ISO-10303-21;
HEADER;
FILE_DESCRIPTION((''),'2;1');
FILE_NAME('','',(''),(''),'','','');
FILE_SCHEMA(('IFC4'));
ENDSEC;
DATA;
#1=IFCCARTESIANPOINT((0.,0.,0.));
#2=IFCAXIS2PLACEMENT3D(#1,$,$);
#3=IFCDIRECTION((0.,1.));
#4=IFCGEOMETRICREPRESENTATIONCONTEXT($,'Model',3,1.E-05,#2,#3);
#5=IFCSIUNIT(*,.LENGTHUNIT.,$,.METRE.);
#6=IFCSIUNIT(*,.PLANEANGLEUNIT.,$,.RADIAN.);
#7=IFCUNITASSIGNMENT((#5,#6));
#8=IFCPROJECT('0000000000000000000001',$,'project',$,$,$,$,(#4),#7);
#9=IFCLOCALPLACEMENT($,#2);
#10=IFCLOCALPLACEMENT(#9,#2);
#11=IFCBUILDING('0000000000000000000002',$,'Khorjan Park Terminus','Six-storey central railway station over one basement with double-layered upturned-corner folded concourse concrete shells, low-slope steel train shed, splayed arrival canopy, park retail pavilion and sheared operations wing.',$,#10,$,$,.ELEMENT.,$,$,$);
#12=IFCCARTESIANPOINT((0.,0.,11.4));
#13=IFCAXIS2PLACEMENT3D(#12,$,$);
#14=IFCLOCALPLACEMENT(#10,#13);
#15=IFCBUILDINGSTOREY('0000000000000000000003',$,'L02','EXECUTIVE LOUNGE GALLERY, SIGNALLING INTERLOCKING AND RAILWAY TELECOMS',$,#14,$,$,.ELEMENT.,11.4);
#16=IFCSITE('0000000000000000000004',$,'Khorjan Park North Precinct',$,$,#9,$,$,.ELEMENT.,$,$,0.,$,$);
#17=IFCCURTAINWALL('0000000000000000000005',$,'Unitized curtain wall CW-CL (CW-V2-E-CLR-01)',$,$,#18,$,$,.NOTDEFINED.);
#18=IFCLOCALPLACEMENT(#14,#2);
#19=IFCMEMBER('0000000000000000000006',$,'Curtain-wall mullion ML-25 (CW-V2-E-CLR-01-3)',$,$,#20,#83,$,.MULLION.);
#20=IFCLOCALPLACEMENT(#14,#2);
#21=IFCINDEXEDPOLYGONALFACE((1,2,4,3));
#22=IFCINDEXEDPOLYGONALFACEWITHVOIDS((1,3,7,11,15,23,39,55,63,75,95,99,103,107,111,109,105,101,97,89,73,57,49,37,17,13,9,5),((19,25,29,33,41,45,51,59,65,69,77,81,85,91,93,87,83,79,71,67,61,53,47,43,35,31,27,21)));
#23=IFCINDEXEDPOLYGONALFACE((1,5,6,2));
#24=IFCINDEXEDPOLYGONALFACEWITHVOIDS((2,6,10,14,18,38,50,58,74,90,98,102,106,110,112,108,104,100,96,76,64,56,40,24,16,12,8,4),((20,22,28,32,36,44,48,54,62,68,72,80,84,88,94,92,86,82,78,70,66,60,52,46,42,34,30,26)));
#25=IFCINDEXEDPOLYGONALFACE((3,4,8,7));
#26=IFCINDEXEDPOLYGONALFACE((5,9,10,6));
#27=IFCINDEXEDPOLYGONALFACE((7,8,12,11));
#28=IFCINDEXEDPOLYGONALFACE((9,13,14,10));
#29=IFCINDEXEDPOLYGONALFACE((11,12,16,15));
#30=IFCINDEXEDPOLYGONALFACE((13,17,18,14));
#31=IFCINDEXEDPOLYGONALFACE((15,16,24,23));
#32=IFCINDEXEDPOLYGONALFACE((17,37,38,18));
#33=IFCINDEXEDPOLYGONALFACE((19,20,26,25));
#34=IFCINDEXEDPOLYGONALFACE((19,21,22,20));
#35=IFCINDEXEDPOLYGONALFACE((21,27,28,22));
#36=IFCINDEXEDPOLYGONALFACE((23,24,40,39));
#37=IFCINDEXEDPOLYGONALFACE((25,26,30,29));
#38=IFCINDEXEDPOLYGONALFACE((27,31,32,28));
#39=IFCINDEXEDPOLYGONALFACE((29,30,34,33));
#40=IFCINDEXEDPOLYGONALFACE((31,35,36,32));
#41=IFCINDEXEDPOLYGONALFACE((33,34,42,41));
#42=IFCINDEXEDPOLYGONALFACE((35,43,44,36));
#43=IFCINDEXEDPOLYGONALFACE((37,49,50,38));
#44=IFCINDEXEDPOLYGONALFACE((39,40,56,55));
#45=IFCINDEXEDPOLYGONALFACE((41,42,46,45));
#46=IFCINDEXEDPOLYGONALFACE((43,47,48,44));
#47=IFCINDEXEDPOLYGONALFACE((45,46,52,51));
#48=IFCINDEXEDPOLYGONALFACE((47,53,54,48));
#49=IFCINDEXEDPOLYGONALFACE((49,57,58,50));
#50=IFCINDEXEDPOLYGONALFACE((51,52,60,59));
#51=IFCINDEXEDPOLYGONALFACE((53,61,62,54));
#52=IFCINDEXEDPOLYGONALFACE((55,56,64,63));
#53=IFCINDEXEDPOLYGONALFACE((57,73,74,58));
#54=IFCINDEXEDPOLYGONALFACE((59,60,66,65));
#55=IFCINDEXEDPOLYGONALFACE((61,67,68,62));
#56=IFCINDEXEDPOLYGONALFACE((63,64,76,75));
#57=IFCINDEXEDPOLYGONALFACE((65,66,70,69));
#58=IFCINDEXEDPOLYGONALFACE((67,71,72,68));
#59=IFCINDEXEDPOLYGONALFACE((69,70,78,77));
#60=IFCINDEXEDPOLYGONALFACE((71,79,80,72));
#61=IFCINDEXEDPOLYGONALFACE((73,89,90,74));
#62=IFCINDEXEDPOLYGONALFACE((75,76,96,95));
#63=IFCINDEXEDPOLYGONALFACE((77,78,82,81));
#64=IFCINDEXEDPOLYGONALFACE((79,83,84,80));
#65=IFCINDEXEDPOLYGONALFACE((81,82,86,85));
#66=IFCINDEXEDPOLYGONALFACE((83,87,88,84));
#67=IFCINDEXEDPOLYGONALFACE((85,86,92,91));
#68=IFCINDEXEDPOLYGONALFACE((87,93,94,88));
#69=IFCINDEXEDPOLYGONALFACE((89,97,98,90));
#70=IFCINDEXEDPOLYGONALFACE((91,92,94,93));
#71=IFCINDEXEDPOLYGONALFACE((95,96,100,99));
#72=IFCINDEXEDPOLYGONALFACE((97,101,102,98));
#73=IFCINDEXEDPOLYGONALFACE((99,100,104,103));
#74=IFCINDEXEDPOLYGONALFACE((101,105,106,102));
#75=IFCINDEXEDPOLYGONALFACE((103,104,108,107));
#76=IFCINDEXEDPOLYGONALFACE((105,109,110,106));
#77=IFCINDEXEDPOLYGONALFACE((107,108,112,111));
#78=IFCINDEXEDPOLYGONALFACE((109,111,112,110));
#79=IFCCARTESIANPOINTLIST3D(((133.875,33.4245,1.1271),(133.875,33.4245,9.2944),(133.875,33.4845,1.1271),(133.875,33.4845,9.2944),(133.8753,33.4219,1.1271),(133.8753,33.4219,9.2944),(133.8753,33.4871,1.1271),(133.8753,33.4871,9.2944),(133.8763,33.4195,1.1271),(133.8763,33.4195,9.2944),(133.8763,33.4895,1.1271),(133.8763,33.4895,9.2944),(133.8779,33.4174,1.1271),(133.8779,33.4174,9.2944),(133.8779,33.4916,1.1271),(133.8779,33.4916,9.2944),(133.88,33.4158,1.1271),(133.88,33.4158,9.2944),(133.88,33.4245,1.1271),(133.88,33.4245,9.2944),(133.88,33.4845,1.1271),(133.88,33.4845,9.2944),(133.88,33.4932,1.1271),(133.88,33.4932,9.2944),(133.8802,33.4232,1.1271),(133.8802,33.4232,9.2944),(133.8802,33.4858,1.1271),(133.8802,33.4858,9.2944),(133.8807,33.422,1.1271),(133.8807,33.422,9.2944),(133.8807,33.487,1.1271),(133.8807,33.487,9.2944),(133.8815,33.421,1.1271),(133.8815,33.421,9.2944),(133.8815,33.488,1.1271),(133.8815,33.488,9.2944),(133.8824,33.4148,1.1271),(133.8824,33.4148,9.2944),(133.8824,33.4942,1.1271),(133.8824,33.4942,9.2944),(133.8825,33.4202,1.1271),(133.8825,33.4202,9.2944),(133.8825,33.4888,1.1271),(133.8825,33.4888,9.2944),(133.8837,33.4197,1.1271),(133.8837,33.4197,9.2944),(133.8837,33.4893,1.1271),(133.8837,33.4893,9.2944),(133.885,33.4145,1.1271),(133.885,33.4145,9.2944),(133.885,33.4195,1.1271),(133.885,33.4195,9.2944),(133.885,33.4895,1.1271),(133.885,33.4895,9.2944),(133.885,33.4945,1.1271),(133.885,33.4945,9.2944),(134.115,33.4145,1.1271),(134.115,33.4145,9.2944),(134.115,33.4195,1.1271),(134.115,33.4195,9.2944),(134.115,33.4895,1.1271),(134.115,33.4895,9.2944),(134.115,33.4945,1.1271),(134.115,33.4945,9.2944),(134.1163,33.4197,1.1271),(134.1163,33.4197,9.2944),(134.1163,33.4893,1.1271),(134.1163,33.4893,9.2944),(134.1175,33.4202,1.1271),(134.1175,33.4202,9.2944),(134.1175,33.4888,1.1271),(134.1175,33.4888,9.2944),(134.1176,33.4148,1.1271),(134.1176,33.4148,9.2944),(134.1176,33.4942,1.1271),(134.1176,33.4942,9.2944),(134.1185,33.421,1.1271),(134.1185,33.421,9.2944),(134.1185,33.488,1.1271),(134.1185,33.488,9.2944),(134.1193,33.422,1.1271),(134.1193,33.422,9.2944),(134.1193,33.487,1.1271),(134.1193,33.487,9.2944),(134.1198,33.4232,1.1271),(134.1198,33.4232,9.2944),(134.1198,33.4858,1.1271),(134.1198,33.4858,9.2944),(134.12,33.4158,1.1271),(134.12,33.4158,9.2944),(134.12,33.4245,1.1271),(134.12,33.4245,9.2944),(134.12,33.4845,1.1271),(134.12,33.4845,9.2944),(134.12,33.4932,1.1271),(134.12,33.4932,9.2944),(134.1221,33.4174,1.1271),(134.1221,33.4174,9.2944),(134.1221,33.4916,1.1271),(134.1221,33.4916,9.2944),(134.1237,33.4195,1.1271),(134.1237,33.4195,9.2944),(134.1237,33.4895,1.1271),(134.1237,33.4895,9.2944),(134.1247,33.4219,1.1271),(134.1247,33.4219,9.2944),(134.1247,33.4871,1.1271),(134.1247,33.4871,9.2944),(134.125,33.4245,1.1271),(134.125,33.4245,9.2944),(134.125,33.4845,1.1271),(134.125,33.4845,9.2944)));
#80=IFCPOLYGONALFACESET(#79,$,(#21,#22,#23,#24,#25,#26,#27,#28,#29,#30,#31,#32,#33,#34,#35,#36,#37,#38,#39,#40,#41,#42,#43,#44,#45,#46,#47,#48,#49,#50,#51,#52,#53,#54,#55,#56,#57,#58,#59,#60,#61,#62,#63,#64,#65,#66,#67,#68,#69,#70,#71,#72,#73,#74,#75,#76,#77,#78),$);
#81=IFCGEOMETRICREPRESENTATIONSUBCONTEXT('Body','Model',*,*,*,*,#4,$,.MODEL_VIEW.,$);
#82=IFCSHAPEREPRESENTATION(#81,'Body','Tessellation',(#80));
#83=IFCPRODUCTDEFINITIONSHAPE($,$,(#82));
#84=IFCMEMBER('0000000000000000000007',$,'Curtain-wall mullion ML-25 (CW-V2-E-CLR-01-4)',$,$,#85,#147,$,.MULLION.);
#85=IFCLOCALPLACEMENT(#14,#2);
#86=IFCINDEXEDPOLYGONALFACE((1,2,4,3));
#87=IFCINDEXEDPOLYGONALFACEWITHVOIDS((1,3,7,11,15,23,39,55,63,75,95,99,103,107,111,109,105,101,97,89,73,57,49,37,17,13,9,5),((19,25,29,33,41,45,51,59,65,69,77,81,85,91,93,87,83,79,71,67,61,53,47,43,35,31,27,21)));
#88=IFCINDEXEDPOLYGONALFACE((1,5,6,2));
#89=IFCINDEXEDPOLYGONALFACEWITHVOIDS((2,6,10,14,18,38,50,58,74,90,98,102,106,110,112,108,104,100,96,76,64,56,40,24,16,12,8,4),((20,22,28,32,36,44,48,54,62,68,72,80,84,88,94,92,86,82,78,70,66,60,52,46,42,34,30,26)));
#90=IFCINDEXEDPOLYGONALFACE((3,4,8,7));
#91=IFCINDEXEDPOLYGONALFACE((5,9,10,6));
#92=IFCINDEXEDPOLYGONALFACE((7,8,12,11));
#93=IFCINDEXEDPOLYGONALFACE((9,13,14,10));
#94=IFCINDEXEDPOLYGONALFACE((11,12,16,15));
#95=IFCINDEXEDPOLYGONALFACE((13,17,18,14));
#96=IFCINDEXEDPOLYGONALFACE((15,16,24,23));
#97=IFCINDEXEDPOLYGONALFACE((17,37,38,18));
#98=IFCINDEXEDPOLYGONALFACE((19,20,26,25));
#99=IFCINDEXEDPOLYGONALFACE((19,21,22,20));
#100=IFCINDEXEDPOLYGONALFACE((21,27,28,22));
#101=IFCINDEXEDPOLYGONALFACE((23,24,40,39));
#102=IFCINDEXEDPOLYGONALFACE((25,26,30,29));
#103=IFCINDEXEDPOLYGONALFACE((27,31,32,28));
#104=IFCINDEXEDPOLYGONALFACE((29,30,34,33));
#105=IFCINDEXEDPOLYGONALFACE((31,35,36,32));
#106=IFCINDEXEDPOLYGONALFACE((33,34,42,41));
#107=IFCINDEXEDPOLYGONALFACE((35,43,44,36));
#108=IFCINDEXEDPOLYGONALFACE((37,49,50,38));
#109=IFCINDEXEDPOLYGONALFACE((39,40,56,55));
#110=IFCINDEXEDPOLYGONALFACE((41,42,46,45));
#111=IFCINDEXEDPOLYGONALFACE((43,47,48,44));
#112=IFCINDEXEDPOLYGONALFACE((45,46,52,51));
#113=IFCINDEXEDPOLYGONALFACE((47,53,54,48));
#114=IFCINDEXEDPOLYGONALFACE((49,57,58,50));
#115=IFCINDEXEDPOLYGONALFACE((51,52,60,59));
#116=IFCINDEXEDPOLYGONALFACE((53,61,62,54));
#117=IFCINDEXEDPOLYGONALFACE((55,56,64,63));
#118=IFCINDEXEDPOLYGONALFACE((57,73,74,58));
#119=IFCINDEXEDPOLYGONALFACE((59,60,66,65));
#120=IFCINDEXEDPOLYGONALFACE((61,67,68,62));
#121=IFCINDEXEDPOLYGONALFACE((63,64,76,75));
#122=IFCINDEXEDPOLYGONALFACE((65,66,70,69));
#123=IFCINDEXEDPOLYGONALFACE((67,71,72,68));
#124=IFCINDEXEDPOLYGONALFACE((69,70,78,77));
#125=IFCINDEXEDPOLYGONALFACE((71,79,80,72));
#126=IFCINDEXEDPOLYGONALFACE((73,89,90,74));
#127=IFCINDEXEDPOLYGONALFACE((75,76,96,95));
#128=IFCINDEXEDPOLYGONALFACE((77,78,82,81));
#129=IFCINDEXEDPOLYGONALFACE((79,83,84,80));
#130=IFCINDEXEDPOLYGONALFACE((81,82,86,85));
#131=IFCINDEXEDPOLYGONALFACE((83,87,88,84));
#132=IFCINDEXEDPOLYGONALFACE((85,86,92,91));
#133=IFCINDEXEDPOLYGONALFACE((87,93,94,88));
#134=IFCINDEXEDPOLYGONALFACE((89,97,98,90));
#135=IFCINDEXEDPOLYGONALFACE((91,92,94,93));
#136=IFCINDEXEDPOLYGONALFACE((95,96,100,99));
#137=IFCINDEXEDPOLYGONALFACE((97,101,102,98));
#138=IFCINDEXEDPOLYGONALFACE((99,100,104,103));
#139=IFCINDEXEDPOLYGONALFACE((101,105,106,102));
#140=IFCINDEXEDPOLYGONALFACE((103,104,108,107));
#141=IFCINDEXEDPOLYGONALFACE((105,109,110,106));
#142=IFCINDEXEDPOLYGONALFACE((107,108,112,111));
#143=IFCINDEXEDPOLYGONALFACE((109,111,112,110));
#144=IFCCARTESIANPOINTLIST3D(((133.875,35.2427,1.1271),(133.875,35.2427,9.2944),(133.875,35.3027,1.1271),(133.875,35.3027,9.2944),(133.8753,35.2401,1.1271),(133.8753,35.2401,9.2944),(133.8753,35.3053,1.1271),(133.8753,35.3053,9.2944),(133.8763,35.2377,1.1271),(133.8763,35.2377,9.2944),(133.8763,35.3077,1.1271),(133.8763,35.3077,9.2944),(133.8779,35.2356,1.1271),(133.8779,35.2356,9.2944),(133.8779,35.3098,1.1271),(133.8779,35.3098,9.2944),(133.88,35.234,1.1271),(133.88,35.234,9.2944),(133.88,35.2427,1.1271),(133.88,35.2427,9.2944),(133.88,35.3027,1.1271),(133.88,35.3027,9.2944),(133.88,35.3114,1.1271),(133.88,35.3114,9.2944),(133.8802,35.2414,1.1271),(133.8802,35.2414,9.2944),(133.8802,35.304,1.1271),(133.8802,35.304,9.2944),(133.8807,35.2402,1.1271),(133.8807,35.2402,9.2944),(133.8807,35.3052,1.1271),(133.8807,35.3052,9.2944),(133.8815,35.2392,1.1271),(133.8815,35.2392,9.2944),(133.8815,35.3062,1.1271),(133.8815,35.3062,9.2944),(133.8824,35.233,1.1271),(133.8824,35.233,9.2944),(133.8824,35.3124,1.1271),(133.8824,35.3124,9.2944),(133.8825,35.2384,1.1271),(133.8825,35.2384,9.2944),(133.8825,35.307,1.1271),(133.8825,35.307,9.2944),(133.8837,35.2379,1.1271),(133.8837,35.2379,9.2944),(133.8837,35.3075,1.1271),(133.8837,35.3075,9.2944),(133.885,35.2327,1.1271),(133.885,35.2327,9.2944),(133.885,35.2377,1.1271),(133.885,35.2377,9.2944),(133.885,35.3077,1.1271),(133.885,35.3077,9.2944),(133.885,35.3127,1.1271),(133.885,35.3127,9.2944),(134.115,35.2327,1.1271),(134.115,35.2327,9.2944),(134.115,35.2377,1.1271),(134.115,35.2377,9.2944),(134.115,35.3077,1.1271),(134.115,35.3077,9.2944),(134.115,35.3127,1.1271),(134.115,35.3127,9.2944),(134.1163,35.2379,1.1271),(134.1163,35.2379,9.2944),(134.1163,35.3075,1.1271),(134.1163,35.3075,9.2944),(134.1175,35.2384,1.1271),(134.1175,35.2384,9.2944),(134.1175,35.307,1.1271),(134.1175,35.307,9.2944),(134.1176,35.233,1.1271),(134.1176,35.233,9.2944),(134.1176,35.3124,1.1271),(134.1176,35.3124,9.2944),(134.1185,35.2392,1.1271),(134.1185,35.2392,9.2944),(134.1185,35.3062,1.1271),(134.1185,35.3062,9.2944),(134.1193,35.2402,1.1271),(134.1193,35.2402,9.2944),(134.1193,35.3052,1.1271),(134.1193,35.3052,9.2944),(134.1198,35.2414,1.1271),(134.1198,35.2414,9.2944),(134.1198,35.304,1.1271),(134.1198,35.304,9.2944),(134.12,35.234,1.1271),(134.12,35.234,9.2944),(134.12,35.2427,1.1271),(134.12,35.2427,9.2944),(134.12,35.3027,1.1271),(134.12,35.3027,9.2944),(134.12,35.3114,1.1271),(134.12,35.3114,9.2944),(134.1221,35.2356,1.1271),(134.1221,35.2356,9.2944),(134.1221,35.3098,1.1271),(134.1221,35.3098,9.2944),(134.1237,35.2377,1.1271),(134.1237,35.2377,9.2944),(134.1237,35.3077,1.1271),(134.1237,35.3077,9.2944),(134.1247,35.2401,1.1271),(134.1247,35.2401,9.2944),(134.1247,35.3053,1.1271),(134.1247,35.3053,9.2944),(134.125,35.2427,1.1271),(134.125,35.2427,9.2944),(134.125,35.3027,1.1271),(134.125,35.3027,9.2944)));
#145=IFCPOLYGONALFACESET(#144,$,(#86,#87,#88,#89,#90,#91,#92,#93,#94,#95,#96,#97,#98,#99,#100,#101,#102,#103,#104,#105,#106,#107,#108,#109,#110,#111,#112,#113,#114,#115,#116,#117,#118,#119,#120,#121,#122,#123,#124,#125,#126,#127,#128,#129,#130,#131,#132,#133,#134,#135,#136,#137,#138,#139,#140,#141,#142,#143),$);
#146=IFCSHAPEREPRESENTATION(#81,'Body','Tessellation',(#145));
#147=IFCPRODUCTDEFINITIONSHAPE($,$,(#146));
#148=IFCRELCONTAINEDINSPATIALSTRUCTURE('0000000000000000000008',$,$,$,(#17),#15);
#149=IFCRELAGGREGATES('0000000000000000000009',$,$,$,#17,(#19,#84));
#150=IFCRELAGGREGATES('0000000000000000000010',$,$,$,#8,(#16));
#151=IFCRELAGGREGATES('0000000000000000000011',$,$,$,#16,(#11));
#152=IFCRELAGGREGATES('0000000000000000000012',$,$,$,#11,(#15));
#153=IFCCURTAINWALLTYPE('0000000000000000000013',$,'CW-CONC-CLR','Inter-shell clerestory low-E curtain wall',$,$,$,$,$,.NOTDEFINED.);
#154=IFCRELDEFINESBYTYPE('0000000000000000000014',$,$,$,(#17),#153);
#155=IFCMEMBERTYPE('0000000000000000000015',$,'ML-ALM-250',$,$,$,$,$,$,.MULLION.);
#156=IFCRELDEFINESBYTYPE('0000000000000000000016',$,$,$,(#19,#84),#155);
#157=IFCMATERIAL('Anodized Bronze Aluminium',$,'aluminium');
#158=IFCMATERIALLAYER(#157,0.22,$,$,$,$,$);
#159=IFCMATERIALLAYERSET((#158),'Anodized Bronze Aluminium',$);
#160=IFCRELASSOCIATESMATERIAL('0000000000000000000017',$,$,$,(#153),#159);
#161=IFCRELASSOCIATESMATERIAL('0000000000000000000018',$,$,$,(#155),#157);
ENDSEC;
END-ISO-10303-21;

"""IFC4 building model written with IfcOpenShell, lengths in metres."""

from ifc_helpers import new_model, si_unit, direction, frame, origin, origin_2d, place, context, subcontext, project, spatial, hollow_rectangle, extrude, material, layer, layer_set, material_profile, profile_set, type_object, element, aggregate, save


model = new_model("IFC4")

# Units and contexts
model_context = context("Model", 3, precision=1e-05, world=origin(), true_north=direction((0.0, 1.0)))
body_context = subcontext(model_context, "Body", "Model", "MODEL_VIEW")
ifc_project = project(units=[si_unit("LENGTHUNIT", "METRE"), si_unit("PLANEANGLEUNIT", "RADIAN")], contexts=[model_context])

# Site, building, storey
site_placement = place(None, origin())
site = spatial("IfcSite", under=ifc_project, at=site_placement, Name="Khorjan Park North Precinct", CompositionType="ELEMENT", RefElevation=0.0)
building_placement = place(site_placement, origin())
building = spatial("IfcBuilding", under=site, at=building_placement, Name="Khorjan Park Terminus", Description="Six-storey central railway station over one basement with double-layered upturned-corner folded concourse concrete shells, low-slope steel train shed, splayed arrival canopy, park retail pavilion and sheared operations wing.", CompositionType="ELEMENT")
storey_placement = place(building_placement, frame((0.0, 0.0, 11.4)))
storey = spatial("IfcBuildingStorey", under=building, at=storey_placement, Name="L02", Description="EXECUTIVE LOUNGE GALLERY, SIGNALLING INTERLOCKING AND RAILWAY TELECOMS", CompositionType="ELEMENT", Elevation=11.4)

# Curtain wall, members
ifc_material_1 = material(Name="Anodized Bronze Aluminium", Category="aluminium")
ifc_layer_1 = layer(ifc_material_1, 0.22)
ifc_layer_set_1 = layer_set([ifc_layer_1], Name="Anodized Bronze Aluminium")
curtain_wall_type = type_object("IfcCurtainWallType", Name="CW-CONC-CLR", Description="Inter-shell clerestory low-E curtain wall", PredefinedType="NOTDEFINED", material=ifc_layer_set_1)
curtain_wall_placement = place(storey_placement, origin())
curtain_wall = element("IfcCurtainWall", 1, at=curtain_wall_placement, inside=storey, type_object=curtain_wall_type, Name="Unitized curtain wall CW-CL (CW-V2-E-CLR-01)", PredefinedType="NOTDEFINED")
ifc_material_profile_1 = material_profile(ifc_material_1, hollow_rectangle(XDim=0.08, YDim=0.25, WallThickness=0.005, InnerFilletRadius=0.005, OuterFilletRadius=0.01, at=origin_2d()), Name="ALM 80x250x5")
ifc_profile_set_1 = profile_set([ifc_material_profile_1], Name="Anodized Bronze Aluminium")
member_type_1 = type_object("IfcMemberType", Name="ML-ALM-250", PredefinedType="MULLION", material=ifc_profile_set_1)
member_1_placement = place(storey_placement, frame((134.0, 33.4545, 1.1271), z_axis=(0.0, 0.0, 1.0), x_axis=(0.0, 1.0, 0.0)))
member_1 = element("IfcMember", 2, at=member_1_placement, type_object=member_type_1, Name="Curtain-wall mullion ML-25 (CW-V2-E-CLR-01-3)", PredefinedType="MULLION", context=body_context, shape_type="SweptSolid", body=[
    extrude(hollow_rectangle(XDim=0.08, YDim=0.25, WallThickness=0.005, InnerFilletRadius=0.005, OuterFilletRadius=0.01, at=origin_2d()), origin(), (0.0, 0.0, 1.0), 8.1673),
])
member_2_placement = place(storey_placement, frame((134.0, 35.2727, 1.1271), z_axis=(0.0, 0.0, 1.0), x_axis=(0.0, 1.0, 0.0)))
member_2 = element("IfcMember", 3, at=member_2_placement, type_object=member_type_1, Name="Curtain-wall mullion ML-25 (CW-V2-E-CLR-01-4)", PredefinedType="MULLION", context=body_context, shape_type="SweptSolid", body=[
    extrude(hollow_rectangle(XDim=0.08, YDim=0.25, WallThickness=0.005, InnerFilletRadius=0.005, OuterFilletRadius=0.01, at=origin_2d()), origin(), (0.0, 0.0, 1.0), 8.1673),
])

aggregate(curtain_wall, [member_1, member_2])

save(model, "model.ifc")
